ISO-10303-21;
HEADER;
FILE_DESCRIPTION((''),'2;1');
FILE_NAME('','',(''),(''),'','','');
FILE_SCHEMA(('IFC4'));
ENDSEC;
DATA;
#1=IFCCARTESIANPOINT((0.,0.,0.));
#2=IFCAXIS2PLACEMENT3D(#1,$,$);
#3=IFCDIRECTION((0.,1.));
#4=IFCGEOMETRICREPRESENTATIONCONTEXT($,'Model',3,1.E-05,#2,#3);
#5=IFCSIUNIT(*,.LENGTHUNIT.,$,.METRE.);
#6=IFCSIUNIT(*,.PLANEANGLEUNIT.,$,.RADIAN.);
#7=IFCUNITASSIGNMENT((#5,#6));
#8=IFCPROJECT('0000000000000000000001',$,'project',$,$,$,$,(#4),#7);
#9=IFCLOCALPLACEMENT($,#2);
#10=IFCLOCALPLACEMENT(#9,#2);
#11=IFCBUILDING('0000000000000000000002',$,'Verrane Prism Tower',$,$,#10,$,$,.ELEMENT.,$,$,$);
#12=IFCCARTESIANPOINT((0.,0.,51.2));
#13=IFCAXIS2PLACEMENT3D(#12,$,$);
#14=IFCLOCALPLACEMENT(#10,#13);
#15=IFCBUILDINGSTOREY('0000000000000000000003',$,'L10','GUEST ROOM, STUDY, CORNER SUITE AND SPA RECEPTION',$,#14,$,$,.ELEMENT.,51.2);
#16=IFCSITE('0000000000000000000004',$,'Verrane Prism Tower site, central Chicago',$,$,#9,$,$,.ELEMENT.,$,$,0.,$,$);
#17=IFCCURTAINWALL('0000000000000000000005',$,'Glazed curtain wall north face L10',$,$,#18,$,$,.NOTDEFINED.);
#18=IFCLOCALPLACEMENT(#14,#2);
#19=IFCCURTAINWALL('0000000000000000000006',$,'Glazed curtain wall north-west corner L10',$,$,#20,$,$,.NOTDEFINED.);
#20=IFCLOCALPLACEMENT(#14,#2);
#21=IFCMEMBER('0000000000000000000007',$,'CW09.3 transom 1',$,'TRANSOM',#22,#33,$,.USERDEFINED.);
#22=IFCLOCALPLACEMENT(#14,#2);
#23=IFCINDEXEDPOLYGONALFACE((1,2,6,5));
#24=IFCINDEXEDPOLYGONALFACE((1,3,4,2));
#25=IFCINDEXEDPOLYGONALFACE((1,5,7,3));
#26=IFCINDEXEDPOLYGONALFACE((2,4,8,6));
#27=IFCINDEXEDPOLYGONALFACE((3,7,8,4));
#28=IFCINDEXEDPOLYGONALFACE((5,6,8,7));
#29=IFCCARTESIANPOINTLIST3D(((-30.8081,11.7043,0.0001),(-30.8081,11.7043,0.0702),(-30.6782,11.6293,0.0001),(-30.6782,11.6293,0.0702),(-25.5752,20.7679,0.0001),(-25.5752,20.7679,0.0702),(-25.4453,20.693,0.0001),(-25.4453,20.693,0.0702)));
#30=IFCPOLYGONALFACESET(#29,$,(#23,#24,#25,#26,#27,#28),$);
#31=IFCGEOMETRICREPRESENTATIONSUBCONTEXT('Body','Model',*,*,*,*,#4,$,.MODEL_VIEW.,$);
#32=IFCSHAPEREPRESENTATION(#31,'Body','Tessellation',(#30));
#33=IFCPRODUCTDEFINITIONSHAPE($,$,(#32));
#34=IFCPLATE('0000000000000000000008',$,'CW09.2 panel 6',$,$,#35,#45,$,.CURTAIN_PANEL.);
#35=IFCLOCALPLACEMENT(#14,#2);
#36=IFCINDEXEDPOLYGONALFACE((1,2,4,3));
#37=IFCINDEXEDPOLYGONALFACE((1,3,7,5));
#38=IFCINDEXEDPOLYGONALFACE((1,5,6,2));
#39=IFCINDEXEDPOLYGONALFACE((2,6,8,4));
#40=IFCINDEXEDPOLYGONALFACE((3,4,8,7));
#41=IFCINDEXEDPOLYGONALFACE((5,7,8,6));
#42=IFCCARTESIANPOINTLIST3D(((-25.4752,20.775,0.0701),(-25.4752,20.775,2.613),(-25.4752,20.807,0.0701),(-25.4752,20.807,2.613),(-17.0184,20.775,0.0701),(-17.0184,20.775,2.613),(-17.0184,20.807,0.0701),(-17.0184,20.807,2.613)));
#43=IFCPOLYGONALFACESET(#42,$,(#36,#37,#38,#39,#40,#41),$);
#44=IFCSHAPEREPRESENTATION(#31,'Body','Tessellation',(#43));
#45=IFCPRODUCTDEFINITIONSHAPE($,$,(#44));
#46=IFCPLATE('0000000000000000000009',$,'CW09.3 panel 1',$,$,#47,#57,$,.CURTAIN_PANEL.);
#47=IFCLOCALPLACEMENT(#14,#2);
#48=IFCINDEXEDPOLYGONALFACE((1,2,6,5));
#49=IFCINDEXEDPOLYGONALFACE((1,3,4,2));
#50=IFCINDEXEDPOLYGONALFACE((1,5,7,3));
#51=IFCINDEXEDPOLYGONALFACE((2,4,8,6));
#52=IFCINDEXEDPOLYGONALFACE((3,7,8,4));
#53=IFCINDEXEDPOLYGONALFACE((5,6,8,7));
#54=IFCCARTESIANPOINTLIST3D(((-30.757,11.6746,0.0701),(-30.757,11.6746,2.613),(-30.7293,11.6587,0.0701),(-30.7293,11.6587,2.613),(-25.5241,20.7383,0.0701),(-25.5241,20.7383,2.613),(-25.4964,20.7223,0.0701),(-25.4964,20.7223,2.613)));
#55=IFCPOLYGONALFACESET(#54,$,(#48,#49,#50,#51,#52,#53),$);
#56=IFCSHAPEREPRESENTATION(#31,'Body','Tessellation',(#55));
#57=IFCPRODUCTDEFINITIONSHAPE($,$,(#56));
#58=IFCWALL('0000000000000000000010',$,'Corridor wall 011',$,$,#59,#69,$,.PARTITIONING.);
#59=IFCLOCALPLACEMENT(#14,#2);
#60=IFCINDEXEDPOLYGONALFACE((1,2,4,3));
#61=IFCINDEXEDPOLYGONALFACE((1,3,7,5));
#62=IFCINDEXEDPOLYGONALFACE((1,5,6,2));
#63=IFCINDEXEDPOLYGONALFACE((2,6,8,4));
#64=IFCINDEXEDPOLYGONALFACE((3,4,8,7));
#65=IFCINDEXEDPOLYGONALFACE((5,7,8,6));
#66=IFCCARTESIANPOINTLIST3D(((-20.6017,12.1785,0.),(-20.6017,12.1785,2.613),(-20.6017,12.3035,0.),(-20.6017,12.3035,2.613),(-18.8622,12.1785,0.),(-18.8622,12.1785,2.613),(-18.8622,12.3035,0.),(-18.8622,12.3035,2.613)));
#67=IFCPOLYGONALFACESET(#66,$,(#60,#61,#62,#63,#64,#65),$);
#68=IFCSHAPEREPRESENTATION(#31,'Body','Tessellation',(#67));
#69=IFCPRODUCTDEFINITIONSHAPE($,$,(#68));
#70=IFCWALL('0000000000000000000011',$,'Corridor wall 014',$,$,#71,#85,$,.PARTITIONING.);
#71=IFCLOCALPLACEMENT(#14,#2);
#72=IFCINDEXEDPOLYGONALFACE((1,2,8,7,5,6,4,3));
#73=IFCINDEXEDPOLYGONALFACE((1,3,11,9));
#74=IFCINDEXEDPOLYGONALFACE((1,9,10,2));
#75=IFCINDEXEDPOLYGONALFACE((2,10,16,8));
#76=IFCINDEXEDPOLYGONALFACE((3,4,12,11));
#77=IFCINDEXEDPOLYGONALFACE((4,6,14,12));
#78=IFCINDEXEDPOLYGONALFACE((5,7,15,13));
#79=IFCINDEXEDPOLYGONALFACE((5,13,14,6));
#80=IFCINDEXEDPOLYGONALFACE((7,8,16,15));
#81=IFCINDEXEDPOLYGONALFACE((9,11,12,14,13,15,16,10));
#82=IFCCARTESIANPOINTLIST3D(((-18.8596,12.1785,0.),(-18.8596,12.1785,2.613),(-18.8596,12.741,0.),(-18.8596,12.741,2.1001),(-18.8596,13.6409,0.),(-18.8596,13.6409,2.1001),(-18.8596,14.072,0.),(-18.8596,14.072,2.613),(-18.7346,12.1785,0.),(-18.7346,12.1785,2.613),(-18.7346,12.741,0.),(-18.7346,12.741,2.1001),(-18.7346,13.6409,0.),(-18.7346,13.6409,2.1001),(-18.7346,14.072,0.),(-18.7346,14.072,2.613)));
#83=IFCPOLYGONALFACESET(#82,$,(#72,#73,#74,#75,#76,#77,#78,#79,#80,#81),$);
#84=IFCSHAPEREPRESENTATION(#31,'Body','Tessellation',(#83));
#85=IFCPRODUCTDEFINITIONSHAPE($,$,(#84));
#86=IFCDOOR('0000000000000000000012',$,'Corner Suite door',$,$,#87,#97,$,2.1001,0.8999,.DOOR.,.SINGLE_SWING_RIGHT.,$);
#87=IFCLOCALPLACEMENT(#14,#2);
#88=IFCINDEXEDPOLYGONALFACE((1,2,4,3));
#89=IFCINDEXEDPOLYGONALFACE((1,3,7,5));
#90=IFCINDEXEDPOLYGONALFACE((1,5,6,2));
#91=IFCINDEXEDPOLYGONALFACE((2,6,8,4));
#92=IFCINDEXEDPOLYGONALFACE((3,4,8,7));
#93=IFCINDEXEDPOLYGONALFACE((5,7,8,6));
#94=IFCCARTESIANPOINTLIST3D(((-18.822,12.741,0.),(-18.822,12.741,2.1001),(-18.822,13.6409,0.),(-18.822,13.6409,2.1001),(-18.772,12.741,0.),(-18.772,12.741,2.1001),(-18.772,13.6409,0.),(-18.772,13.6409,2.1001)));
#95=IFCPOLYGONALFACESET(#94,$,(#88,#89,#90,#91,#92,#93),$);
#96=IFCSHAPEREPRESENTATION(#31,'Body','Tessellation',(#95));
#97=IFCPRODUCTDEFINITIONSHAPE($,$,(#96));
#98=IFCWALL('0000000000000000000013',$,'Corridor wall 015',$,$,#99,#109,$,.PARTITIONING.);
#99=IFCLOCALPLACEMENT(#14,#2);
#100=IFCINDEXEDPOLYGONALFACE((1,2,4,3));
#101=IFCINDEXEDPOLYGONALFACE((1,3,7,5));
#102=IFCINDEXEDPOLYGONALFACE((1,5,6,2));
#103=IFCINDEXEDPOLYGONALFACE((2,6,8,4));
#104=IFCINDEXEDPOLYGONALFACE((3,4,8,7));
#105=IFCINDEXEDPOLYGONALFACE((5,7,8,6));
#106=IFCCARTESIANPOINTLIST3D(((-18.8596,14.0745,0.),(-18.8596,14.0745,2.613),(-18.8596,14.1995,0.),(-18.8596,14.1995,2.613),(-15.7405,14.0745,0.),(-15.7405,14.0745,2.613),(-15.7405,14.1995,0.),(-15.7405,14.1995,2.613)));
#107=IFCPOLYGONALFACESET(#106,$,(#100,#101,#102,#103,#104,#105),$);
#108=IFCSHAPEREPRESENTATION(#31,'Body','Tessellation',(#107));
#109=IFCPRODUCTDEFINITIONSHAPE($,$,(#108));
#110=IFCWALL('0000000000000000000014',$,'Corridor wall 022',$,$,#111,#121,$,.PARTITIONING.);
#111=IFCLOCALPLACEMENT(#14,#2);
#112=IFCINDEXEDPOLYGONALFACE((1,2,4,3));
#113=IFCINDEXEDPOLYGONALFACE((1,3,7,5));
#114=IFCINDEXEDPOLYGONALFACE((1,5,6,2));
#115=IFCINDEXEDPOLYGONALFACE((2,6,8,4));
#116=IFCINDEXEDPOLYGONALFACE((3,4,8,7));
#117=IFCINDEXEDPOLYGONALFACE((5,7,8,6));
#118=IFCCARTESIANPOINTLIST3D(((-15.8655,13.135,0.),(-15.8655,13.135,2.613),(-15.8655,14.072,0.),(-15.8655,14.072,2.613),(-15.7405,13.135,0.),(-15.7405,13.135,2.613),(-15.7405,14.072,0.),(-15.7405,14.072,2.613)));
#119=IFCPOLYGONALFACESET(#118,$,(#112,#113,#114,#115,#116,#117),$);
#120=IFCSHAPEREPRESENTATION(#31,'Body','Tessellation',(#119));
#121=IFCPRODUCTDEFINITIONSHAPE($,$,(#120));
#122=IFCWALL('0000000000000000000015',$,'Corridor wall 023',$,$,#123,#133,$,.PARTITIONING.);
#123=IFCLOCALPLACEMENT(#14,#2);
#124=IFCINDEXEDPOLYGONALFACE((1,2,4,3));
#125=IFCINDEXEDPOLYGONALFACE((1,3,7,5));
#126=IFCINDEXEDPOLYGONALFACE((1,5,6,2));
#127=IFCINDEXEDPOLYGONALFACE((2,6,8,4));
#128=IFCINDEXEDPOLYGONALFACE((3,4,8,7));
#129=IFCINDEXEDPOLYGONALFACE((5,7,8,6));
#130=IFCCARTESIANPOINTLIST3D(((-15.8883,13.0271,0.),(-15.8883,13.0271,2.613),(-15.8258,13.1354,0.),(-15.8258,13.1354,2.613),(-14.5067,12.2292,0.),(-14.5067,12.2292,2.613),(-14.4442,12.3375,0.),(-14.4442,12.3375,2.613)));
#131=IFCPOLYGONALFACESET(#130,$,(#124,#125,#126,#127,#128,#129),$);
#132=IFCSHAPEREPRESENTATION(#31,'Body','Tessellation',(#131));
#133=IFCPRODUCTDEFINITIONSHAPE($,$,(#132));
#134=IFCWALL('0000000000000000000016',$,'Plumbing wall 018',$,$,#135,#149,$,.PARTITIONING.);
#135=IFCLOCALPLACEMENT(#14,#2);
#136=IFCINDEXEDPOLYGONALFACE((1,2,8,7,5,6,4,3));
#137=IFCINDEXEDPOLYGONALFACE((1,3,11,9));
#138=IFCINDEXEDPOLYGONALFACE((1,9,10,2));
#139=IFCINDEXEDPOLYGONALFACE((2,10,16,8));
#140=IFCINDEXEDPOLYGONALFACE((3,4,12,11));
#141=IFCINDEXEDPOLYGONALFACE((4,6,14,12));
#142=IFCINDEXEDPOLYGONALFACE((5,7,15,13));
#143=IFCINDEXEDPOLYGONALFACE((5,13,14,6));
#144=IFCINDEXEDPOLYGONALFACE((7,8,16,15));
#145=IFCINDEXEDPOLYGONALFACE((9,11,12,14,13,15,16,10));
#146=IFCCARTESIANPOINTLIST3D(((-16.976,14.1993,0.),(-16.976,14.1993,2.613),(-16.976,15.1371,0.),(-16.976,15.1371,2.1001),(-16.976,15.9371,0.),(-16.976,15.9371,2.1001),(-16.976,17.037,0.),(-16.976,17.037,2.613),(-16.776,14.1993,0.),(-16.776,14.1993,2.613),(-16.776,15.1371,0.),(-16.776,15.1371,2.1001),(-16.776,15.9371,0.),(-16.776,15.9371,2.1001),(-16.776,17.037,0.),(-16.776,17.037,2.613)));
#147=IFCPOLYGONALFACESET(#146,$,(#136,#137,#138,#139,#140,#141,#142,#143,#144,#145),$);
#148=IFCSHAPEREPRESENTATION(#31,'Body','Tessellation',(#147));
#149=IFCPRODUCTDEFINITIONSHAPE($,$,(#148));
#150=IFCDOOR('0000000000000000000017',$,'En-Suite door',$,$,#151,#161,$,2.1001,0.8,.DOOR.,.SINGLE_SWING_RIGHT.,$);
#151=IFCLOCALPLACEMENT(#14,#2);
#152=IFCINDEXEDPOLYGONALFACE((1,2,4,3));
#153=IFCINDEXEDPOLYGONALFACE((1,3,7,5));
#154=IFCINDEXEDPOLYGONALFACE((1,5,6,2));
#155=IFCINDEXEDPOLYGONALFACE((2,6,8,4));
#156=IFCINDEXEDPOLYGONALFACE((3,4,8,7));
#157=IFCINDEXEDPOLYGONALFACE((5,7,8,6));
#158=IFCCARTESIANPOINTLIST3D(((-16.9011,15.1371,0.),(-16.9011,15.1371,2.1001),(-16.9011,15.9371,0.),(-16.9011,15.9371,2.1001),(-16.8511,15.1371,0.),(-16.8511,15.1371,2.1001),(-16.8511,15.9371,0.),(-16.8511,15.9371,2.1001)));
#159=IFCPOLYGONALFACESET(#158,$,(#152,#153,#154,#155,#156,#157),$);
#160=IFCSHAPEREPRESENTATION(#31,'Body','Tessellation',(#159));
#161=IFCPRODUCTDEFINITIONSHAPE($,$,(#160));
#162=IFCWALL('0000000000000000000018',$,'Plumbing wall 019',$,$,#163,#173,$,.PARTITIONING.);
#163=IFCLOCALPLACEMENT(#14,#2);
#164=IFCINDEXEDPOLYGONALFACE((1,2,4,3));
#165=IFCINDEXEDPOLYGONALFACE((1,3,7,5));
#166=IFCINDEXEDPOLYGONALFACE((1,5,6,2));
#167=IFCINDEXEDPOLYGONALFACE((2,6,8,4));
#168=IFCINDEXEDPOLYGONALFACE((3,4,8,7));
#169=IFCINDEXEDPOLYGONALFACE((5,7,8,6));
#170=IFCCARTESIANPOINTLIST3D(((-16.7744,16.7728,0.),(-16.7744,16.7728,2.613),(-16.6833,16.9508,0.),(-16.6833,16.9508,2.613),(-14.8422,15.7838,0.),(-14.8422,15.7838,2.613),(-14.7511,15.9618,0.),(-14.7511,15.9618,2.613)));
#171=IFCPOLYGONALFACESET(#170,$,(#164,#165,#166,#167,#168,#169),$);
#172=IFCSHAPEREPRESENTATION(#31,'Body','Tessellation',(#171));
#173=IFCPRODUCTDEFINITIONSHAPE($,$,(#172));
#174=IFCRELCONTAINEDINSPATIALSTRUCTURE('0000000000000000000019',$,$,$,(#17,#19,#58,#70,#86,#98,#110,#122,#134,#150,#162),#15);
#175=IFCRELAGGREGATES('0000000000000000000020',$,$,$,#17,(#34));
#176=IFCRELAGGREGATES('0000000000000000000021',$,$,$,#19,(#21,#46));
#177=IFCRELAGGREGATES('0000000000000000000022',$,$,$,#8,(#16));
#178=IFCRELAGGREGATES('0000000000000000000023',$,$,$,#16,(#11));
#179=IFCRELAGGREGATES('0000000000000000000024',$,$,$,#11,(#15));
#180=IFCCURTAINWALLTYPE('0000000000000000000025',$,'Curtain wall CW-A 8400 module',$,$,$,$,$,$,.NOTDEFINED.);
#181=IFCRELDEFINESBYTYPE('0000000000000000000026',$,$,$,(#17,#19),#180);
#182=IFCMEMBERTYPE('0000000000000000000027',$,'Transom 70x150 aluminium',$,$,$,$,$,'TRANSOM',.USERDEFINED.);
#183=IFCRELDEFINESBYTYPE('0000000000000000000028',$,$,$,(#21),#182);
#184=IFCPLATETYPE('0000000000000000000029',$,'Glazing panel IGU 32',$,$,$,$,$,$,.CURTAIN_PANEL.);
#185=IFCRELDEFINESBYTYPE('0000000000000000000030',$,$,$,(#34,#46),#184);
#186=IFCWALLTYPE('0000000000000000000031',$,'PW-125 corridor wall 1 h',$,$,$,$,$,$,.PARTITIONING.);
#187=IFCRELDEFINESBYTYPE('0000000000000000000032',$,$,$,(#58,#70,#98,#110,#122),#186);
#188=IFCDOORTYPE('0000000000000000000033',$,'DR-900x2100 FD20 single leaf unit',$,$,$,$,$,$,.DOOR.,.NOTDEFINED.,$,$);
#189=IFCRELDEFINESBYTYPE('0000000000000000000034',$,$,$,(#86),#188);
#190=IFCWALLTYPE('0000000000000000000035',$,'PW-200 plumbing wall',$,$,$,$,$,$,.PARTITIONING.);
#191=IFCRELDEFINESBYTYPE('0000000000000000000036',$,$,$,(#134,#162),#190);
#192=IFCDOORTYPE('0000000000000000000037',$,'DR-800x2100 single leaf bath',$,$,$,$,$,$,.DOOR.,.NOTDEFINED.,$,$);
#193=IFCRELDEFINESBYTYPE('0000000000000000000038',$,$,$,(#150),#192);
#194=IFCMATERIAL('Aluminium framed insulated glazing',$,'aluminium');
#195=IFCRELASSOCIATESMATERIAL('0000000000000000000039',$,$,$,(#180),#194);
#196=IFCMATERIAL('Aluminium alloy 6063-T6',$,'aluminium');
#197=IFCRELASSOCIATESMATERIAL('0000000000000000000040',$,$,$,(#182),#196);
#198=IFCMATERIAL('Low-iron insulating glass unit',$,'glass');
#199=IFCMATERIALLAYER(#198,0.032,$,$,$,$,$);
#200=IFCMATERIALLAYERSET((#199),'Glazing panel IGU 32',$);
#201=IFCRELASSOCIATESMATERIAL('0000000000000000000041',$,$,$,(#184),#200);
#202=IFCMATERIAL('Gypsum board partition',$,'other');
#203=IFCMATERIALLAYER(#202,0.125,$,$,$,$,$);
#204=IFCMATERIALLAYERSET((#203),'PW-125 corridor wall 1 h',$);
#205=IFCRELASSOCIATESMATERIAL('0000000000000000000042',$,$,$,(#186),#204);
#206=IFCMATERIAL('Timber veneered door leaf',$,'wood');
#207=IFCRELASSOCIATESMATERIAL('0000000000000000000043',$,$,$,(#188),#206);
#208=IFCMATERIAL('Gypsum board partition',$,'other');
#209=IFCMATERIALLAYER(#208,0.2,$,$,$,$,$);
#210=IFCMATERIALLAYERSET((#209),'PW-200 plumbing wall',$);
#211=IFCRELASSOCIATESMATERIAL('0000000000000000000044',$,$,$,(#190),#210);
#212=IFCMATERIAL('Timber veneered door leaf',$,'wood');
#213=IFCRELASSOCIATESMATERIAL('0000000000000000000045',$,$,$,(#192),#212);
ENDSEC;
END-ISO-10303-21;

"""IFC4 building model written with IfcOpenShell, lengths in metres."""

from ifc_helpers import new_model, si_unit, direction, frame, frame_2d, origin, origin_2d, place, context, subcontext, project, spatial, rectangle, extrude, material, layer, layer_set, material_profile, profile_set, type_object, element, fill, aggregate, save


model = new_model("IFC4")

# Units and contexts
model_context = context("Model", 3, precision=1e-05, world=origin(), true_north=direction((0.0, 1.0)))
body_context = subcontext(model_context, "Body", "Model", "MODEL_VIEW")
ifc_project = project(units=[si_unit("LENGTHUNIT", "METRE"), si_unit("PLANEANGLEUNIT", "RADIAN")], contexts=[model_context])

# Site, building, storey
site_placement = place(None, origin())
site = spatial("IfcSite", under=ifc_project, at=site_placement, Name="Verrane Prism Tower site, central Chicago", CompositionType="ELEMENT", RefElevation=0.0)
building_placement = place(site_placement, origin())
building = spatial("IfcBuilding", under=site, at=building_placement, Name="Verrane Prism Tower", CompositionType="ELEMENT")
storey_placement = place(building_placement, frame((0.0, 0.0, 51.2)))
storey = spatial("IfcBuildingStorey", under=building, at=storey_placement, Name="L10", Description="GUEST ROOM, STUDY, CORNER SUITE AND SPA RECEPTION", CompositionType="ELEMENT", Elevation=51.2)

# Curtain walls
ifc_material_1 = material(Name="Aluminium framed insulated glazing", Category="aluminium")
curtain_wall_type = type_object("IfcCurtainWallType", Name="Curtain wall CW-A 8400 module", PredefinedType="NOTDEFINED", material=ifc_material_1)
curtain_wall_1_placement = place(storey_placement, origin())
curtain_wall_1 = element("IfcCurtainWall", 1, at=curtain_wall_1_placement, inside=storey, type_object=curtain_wall_type, Name="Glazed curtain wall north face L10", PredefinedType="NOTDEFINED")
curtain_wall_2_placement = place(storey_placement, origin())
curtain_wall_2 = element("IfcCurtainWall", 2, at=curtain_wall_2_placement, inside=storey, type_object=curtain_wall_type, Name="Glazed curtain wall north-west corner L10", PredefinedType="NOTDEFINED")

# Member
ifc_material_2 = material(Name="Aluminium alloy 6063-T6", Category="aluminium")
ifc_material_profile_1 = material_profile(ifc_material_2, rectangle(XDim=0.1499, YDim=0.0701, at=origin_2d()), Name="Transom 70x150 aluminium")
ifc_profile_set_1 = profile_set([ifc_material_profile_1], Name="Aluminium alloy 6063-T6")
member_type_1 = type_object("IfcMemberType", Name="Transom 70x150 aluminium", ElementType="TRANSOM", PredefinedType="USERDEFINED", material=ifc_profile_set_1)
member_1_placement = place(storey_placement, frame((-25.5103, 20.7305, 0.0352), z_axis=(-0.499998, -0.866027, 0.0), x_axis=(0.866027, -0.499998, 0.0)))
member_1 = element("IfcMember", 3, at=member_1_placement, type_object=member_type_1, Name="CW09.3 transom 1", ObjectType="TRANSOM", PredefinedType="USERDEFINED", context=body_context, shape_type="SweptSolid", body=[
    extrude(rectangle(XDim=0.1499, YDim=0.0701, at=origin_2d()), origin(), (0.0, 0.0, 1.0), 10.4658),
])

# Plates
ifc_material_3 = material(Name="Low-iron insulating glass unit", Category="glass")
ifc_layer_1 = layer(ifc_material_3, 0.032)
ifc_layer_set_1 = layer_set([ifc_layer_1], Name="Glazing panel IGU 32")
plate_type = type_object("IfcPlateType", Name="Glazing panel IGU 32", PredefinedType="CURTAIN_PANEL", material=ifc_layer_set_1)
plate_1_placement = place(storey_placement, frame((-21.2468, 20.791, 0.0701), z_axis=(0.0, 0.0, 1.0), x_axis=(-1.0, 0.0, 0.0)))
plate_1 = element("IfcPlate", 4, at=plate_1_placement, type_object=plate_type, Name="CW09.2 panel 6", PredefinedType="CURTAIN_PANEL", context=body_context, shape_type="SweptSolid", body=[
    extrude(rectangle(XDim=8.4568, YDim=0.032, at=origin_2d()), origin(), (0.0, 0.0, 1.0), 2.543),
])
aggregate(curtain_wall_1, [plate_1])
plate_2_placement = place(storey_placement, frame((-28.1267, 16.1985, 0.0701), z_axis=(0.0, 0.0, 1.0), x_axis=(-0.499999, -0.866026, 0.0)))
plate_2 = element("IfcPlate", 5, at=plate_2_placement, type_object=plate_type, Name="CW09.3 panel 1", PredefinedType="CURTAIN_PANEL", context=body_context, shape_type="SweptSolid", body=[
    extrude(rectangle(XDim=10.4658, YDim=0.032, at=origin_2d()), origin(), (0.0, 0.0, 1.0), 2.543),
])
aggregate(curtain_wall_2, [member_1, plate_2])

# Wall
ifc_material_4 = material(Name="Gypsum board partition", Category="other")
ifc_layer_2 = layer(ifc_material_4, 0.125)
ifc_layer_set_2 = layer_set([ifc_layer_2], Name="PW-125 corridor wall 1 h")
wall_type_1 = type_object("IfcWallType", Name="PW-125 corridor wall 1 h", PredefinedType="PARTITIONING", material=ifc_layer_set_2)
wall_1_placement = place(storey_placement, frame((-20.6016, 12.241, 0.0), z_axis=(0.0, 0.0, 1.0), x_axis=(1.0, 0.0, 0.0)))
element("IfcWall", 6, at=wall_1_placement, inside=storey, type_object=wall_type_1, Name="Corridor wall 011", PredefinedType="PARTITIONING", context=body_context, shape_type="SweptSolid", body=[
    extrude(rectangle(XDim=1.7395, YDim=0.125, at=frame_2d((0.8696, 0.0))), origin(), (0.0, 0.0, 1.0), 2.613),
])

# Wall, opening, door
wall_2_placement = place(storey_placement, frame((-18.7971, 12.1785, 0.0), z_axis=(0.0, 0.0, 1.0), x_axis=(0.0, 1.0, 0.0)))
wall_2 = element("IfcWall", 7, at=wall_2_placement, inside=storey, type_object=wall_type_1, Name="Corridor wall 014", PredefinedType="PARTITIONING", context=body_context, shape_type="SweptSolid", body=[
    extrude(rectangle(XDim=1.8936, YDim=0.125, at=frame_2d((0.9468, 0.0))), origin(), (0.0, 0.0, 1.0), 2.613),
])
opening_1_placement = place(wall_2_placement, frame((0.5625, 0.0, 0.0)))
opening_1 = element("IfcOpeningElement", 8, at=opening_1_placement, cuts=wall_2, PredefinedType="OPENING", context=body_context, shape_type="SweptSolid", body=[
    extrude(rectangle(XDim=0.8999, YDim=2.1001, at=frame_2d((0.45, 1.05))), frame((0.0, 0.0725, 0.0), z_axis=(0.0, -1.0, 0.0), x_axis=(1.0, 0.0, 0.0)), (0.0, 0.0, 1.0), 0.145),
])
ifc_material_5 = material(Name="Timber veneered door leaf", Category="wood")
door_type_1 = type_object("IfcDoorType", Name="DR-900x2100 FD20 single leaf unit", OperationType="NOTDEFINED", PredefinedType="DOOR", material=ifc_material_5)
door_1_placement = place(opening_1_placement, origin())
door_1 = element("IfcDoor", 9, at=door_1_placement, inside=storey, type_object=door_type_1, Name="Corner Suite door", OperationType="SINGLE_SWING_RIGHT", OverallHeight=2.1001, OverallWidth=0.8999, PredefinedType="DOOR", context=body_context, shape_type="SweptSolid", body=[
    extrude(rectangle(XDim=0.8999, YDim=2.1001, at=frame_2d((0.45, 1.05))), frame((0.0, 0.0249, 0.0), z_axis=(0.0, -1.0, 0.0), x_axis=(1.0, 0.0, 0.0)), (0.0, 0.0, 1.0), 0.05),
])
fill(opening_1, door_1)

# Walls
wall_3_placement = place(storey_placement, frame((-18.8596, 14.137, 0.0), z_axis=(0.0, 0.0, 1.0), x_axis=(1.0, 0.0, 0.0)))
element("IfcWall", 10, at=wall_3_placement, inside=storey, type_object=wall_type_1, Name="Corridor wall 015", PredefinedType="PARTITIONING", context=body_context, shape_type="SweptSolid", body=[
    extrude(rectangle(XDim=3.1191, YDim=0.125, at=frame_2d((1.5596, 0.0))), origin(), (0.0, 0.0, 1.0), 2.613),
])
wall_4_placement = place(storey_placement, frame((-15.803, 13.135, 0.0), z_axis=(0.0, 0.0, 1.0), x_axis=(0.0, 1.0, 0.0)))
element("IfcWall", 11, at=wall_4_placement, inside=storey, type_object=wall_type_1, Name="Corridor wall 022", PredefinedType="PARTITIONING", context=body_context, shape_type="SweptSolid", body=[
    extrude(rectangle(XDim=0.937, YDim=0.125, at=frame_2d((0.4685, 0.0))), origin(), (0.0, 0.0, 1.0), 2.613),
])
wall_5_placement = place(storey_placement, frame((-15.8572, 13.0813, 0.0), z_axis=(0.0, 0.0, 1.0), x_axis=(0.865974, -0.500089, 0.0)))
element("IfcWall", 12, at=wall_5_placement, inside=storey, type_object=wall_type_1, Name="Corridor wall 023", PredefinedType="PARTITIONING", context=body_context, shape_type="SweptSolid", body=[
    extrude(rectangle(XDim=1.5955, YDim=0.125, at=frame_2d((0.7979, 0.0))), origin(), (0.0, 0.0, 1.0), 2.613),
])

# Wall, opening, door
ifc_material_6 = material(Name="Gypsum board partition", Category="other")
ifc_layer_3 = layer(ifc_material_6, 0.2)
ifc_layer_set_3 = layer_set([ifc_layer_3], Name="PW-200 plumbing wall")
wall_type_2 = type_object("IfcWallType", Name="PW-200 plumbing wall", PredefinedType="PARTITIONING", material=ifc_layer_set_3)
wall_6_placement = place(storey_placement, frame((-16.876, 17.0371, 0.0), z_axis=(0.0, 0.0, 1.0), x_axis=(0.0, -1.0, 0.0)))
wall_6 = element("IfcWall", 13, at=wall_6_placement, inside=storey, type_object=wall_type_2, Name="Plumbing wall 018", PredefinedType="PARTITIONING", context=body_context, shape_type="SweptSolid", body=[
    extrude(rectangle(XDim=2.8376, YDim=0.2, at=frame_2d((1.4189, 0.0))), origin(), (0.0, 0.0, 1.0), 2.613),
])
opening_2_placement = place(wall_6_placement, frame((1.1001, 0.0, 0.0)))
opening_2 = element("IfcOpeningElement", 14, at=opening_2_placement, cuts=wall_6, PredefinedType="OPENING", context=body_context, shape_type="SweptSolid", body=[
    extrude(rectangle(XDim=0.8, YDim=2.1001, at=frame_2d((0.3999, 1.05))), frame((0.0, 0.1099, 0.0), z_axis=(0.0, -1.0, 0.0), x_axis=(1.0, 0.0, 0.0)), (0.0, 0.0, 1.0), 0.22),
])
ifc_material_7 = material(Name="Timber veneered door leaf", Category="wood")
door_type_2 = type_object("IfcDoorType", Name="DR-800x2100 single leaf bath", OperationType="NOTDEFINED", PredefinedType="DOOR", material=ifc_material_7)
door_2_placement = place(opening_2_placement, origin())
door_2 = element("IfcDoor", 15, at=door_2_placement, inside=storey, type_object=door_type_2, Name="En-Suite door", OperationType="SINGLE_SWING_RIGHT", OverallHeight=2.1001, OverallWidth=0.8, PredefinedType="DOOR", context=body_context, shape_type="SweptSolid", body=[
    extrude(rectangle(XDim=0.8, YDim=2.1001, at=frame_2d((0.3999, 1.05))), frame((0.0, 0.0249, 0.0), z_axis=(0.0, -1.0, 0.0), x_axis=(1.0, 0.0, 0.0)), (0.0, 0.0, 1.0), 0.05),
])
fill(opening_2, door_2)

# Wall
wall_7_placement = place(storey_placement, frame((-16.729, 16.8618, 0.0), z_axis=(0.0, 0.0, 1.0), x_axis=(0.890181, -0.455606, 0.0)))
element("IfcWall", 16, at=wall_7_placement, inside=storey, type_object=wall_type_2, Name="Plumbing wall 019", PredefinedType="PARTITIONING", context=body_context, shape_type="SweptSolid", body=[
    extrude(rectangle(XDim=2.1707, YDim=0.2, at=frame_2d((1.0854, 0.0))), origin(), (0.0, 0.0, 1.0), 2.613),
])

save(model, "model.ifc")
